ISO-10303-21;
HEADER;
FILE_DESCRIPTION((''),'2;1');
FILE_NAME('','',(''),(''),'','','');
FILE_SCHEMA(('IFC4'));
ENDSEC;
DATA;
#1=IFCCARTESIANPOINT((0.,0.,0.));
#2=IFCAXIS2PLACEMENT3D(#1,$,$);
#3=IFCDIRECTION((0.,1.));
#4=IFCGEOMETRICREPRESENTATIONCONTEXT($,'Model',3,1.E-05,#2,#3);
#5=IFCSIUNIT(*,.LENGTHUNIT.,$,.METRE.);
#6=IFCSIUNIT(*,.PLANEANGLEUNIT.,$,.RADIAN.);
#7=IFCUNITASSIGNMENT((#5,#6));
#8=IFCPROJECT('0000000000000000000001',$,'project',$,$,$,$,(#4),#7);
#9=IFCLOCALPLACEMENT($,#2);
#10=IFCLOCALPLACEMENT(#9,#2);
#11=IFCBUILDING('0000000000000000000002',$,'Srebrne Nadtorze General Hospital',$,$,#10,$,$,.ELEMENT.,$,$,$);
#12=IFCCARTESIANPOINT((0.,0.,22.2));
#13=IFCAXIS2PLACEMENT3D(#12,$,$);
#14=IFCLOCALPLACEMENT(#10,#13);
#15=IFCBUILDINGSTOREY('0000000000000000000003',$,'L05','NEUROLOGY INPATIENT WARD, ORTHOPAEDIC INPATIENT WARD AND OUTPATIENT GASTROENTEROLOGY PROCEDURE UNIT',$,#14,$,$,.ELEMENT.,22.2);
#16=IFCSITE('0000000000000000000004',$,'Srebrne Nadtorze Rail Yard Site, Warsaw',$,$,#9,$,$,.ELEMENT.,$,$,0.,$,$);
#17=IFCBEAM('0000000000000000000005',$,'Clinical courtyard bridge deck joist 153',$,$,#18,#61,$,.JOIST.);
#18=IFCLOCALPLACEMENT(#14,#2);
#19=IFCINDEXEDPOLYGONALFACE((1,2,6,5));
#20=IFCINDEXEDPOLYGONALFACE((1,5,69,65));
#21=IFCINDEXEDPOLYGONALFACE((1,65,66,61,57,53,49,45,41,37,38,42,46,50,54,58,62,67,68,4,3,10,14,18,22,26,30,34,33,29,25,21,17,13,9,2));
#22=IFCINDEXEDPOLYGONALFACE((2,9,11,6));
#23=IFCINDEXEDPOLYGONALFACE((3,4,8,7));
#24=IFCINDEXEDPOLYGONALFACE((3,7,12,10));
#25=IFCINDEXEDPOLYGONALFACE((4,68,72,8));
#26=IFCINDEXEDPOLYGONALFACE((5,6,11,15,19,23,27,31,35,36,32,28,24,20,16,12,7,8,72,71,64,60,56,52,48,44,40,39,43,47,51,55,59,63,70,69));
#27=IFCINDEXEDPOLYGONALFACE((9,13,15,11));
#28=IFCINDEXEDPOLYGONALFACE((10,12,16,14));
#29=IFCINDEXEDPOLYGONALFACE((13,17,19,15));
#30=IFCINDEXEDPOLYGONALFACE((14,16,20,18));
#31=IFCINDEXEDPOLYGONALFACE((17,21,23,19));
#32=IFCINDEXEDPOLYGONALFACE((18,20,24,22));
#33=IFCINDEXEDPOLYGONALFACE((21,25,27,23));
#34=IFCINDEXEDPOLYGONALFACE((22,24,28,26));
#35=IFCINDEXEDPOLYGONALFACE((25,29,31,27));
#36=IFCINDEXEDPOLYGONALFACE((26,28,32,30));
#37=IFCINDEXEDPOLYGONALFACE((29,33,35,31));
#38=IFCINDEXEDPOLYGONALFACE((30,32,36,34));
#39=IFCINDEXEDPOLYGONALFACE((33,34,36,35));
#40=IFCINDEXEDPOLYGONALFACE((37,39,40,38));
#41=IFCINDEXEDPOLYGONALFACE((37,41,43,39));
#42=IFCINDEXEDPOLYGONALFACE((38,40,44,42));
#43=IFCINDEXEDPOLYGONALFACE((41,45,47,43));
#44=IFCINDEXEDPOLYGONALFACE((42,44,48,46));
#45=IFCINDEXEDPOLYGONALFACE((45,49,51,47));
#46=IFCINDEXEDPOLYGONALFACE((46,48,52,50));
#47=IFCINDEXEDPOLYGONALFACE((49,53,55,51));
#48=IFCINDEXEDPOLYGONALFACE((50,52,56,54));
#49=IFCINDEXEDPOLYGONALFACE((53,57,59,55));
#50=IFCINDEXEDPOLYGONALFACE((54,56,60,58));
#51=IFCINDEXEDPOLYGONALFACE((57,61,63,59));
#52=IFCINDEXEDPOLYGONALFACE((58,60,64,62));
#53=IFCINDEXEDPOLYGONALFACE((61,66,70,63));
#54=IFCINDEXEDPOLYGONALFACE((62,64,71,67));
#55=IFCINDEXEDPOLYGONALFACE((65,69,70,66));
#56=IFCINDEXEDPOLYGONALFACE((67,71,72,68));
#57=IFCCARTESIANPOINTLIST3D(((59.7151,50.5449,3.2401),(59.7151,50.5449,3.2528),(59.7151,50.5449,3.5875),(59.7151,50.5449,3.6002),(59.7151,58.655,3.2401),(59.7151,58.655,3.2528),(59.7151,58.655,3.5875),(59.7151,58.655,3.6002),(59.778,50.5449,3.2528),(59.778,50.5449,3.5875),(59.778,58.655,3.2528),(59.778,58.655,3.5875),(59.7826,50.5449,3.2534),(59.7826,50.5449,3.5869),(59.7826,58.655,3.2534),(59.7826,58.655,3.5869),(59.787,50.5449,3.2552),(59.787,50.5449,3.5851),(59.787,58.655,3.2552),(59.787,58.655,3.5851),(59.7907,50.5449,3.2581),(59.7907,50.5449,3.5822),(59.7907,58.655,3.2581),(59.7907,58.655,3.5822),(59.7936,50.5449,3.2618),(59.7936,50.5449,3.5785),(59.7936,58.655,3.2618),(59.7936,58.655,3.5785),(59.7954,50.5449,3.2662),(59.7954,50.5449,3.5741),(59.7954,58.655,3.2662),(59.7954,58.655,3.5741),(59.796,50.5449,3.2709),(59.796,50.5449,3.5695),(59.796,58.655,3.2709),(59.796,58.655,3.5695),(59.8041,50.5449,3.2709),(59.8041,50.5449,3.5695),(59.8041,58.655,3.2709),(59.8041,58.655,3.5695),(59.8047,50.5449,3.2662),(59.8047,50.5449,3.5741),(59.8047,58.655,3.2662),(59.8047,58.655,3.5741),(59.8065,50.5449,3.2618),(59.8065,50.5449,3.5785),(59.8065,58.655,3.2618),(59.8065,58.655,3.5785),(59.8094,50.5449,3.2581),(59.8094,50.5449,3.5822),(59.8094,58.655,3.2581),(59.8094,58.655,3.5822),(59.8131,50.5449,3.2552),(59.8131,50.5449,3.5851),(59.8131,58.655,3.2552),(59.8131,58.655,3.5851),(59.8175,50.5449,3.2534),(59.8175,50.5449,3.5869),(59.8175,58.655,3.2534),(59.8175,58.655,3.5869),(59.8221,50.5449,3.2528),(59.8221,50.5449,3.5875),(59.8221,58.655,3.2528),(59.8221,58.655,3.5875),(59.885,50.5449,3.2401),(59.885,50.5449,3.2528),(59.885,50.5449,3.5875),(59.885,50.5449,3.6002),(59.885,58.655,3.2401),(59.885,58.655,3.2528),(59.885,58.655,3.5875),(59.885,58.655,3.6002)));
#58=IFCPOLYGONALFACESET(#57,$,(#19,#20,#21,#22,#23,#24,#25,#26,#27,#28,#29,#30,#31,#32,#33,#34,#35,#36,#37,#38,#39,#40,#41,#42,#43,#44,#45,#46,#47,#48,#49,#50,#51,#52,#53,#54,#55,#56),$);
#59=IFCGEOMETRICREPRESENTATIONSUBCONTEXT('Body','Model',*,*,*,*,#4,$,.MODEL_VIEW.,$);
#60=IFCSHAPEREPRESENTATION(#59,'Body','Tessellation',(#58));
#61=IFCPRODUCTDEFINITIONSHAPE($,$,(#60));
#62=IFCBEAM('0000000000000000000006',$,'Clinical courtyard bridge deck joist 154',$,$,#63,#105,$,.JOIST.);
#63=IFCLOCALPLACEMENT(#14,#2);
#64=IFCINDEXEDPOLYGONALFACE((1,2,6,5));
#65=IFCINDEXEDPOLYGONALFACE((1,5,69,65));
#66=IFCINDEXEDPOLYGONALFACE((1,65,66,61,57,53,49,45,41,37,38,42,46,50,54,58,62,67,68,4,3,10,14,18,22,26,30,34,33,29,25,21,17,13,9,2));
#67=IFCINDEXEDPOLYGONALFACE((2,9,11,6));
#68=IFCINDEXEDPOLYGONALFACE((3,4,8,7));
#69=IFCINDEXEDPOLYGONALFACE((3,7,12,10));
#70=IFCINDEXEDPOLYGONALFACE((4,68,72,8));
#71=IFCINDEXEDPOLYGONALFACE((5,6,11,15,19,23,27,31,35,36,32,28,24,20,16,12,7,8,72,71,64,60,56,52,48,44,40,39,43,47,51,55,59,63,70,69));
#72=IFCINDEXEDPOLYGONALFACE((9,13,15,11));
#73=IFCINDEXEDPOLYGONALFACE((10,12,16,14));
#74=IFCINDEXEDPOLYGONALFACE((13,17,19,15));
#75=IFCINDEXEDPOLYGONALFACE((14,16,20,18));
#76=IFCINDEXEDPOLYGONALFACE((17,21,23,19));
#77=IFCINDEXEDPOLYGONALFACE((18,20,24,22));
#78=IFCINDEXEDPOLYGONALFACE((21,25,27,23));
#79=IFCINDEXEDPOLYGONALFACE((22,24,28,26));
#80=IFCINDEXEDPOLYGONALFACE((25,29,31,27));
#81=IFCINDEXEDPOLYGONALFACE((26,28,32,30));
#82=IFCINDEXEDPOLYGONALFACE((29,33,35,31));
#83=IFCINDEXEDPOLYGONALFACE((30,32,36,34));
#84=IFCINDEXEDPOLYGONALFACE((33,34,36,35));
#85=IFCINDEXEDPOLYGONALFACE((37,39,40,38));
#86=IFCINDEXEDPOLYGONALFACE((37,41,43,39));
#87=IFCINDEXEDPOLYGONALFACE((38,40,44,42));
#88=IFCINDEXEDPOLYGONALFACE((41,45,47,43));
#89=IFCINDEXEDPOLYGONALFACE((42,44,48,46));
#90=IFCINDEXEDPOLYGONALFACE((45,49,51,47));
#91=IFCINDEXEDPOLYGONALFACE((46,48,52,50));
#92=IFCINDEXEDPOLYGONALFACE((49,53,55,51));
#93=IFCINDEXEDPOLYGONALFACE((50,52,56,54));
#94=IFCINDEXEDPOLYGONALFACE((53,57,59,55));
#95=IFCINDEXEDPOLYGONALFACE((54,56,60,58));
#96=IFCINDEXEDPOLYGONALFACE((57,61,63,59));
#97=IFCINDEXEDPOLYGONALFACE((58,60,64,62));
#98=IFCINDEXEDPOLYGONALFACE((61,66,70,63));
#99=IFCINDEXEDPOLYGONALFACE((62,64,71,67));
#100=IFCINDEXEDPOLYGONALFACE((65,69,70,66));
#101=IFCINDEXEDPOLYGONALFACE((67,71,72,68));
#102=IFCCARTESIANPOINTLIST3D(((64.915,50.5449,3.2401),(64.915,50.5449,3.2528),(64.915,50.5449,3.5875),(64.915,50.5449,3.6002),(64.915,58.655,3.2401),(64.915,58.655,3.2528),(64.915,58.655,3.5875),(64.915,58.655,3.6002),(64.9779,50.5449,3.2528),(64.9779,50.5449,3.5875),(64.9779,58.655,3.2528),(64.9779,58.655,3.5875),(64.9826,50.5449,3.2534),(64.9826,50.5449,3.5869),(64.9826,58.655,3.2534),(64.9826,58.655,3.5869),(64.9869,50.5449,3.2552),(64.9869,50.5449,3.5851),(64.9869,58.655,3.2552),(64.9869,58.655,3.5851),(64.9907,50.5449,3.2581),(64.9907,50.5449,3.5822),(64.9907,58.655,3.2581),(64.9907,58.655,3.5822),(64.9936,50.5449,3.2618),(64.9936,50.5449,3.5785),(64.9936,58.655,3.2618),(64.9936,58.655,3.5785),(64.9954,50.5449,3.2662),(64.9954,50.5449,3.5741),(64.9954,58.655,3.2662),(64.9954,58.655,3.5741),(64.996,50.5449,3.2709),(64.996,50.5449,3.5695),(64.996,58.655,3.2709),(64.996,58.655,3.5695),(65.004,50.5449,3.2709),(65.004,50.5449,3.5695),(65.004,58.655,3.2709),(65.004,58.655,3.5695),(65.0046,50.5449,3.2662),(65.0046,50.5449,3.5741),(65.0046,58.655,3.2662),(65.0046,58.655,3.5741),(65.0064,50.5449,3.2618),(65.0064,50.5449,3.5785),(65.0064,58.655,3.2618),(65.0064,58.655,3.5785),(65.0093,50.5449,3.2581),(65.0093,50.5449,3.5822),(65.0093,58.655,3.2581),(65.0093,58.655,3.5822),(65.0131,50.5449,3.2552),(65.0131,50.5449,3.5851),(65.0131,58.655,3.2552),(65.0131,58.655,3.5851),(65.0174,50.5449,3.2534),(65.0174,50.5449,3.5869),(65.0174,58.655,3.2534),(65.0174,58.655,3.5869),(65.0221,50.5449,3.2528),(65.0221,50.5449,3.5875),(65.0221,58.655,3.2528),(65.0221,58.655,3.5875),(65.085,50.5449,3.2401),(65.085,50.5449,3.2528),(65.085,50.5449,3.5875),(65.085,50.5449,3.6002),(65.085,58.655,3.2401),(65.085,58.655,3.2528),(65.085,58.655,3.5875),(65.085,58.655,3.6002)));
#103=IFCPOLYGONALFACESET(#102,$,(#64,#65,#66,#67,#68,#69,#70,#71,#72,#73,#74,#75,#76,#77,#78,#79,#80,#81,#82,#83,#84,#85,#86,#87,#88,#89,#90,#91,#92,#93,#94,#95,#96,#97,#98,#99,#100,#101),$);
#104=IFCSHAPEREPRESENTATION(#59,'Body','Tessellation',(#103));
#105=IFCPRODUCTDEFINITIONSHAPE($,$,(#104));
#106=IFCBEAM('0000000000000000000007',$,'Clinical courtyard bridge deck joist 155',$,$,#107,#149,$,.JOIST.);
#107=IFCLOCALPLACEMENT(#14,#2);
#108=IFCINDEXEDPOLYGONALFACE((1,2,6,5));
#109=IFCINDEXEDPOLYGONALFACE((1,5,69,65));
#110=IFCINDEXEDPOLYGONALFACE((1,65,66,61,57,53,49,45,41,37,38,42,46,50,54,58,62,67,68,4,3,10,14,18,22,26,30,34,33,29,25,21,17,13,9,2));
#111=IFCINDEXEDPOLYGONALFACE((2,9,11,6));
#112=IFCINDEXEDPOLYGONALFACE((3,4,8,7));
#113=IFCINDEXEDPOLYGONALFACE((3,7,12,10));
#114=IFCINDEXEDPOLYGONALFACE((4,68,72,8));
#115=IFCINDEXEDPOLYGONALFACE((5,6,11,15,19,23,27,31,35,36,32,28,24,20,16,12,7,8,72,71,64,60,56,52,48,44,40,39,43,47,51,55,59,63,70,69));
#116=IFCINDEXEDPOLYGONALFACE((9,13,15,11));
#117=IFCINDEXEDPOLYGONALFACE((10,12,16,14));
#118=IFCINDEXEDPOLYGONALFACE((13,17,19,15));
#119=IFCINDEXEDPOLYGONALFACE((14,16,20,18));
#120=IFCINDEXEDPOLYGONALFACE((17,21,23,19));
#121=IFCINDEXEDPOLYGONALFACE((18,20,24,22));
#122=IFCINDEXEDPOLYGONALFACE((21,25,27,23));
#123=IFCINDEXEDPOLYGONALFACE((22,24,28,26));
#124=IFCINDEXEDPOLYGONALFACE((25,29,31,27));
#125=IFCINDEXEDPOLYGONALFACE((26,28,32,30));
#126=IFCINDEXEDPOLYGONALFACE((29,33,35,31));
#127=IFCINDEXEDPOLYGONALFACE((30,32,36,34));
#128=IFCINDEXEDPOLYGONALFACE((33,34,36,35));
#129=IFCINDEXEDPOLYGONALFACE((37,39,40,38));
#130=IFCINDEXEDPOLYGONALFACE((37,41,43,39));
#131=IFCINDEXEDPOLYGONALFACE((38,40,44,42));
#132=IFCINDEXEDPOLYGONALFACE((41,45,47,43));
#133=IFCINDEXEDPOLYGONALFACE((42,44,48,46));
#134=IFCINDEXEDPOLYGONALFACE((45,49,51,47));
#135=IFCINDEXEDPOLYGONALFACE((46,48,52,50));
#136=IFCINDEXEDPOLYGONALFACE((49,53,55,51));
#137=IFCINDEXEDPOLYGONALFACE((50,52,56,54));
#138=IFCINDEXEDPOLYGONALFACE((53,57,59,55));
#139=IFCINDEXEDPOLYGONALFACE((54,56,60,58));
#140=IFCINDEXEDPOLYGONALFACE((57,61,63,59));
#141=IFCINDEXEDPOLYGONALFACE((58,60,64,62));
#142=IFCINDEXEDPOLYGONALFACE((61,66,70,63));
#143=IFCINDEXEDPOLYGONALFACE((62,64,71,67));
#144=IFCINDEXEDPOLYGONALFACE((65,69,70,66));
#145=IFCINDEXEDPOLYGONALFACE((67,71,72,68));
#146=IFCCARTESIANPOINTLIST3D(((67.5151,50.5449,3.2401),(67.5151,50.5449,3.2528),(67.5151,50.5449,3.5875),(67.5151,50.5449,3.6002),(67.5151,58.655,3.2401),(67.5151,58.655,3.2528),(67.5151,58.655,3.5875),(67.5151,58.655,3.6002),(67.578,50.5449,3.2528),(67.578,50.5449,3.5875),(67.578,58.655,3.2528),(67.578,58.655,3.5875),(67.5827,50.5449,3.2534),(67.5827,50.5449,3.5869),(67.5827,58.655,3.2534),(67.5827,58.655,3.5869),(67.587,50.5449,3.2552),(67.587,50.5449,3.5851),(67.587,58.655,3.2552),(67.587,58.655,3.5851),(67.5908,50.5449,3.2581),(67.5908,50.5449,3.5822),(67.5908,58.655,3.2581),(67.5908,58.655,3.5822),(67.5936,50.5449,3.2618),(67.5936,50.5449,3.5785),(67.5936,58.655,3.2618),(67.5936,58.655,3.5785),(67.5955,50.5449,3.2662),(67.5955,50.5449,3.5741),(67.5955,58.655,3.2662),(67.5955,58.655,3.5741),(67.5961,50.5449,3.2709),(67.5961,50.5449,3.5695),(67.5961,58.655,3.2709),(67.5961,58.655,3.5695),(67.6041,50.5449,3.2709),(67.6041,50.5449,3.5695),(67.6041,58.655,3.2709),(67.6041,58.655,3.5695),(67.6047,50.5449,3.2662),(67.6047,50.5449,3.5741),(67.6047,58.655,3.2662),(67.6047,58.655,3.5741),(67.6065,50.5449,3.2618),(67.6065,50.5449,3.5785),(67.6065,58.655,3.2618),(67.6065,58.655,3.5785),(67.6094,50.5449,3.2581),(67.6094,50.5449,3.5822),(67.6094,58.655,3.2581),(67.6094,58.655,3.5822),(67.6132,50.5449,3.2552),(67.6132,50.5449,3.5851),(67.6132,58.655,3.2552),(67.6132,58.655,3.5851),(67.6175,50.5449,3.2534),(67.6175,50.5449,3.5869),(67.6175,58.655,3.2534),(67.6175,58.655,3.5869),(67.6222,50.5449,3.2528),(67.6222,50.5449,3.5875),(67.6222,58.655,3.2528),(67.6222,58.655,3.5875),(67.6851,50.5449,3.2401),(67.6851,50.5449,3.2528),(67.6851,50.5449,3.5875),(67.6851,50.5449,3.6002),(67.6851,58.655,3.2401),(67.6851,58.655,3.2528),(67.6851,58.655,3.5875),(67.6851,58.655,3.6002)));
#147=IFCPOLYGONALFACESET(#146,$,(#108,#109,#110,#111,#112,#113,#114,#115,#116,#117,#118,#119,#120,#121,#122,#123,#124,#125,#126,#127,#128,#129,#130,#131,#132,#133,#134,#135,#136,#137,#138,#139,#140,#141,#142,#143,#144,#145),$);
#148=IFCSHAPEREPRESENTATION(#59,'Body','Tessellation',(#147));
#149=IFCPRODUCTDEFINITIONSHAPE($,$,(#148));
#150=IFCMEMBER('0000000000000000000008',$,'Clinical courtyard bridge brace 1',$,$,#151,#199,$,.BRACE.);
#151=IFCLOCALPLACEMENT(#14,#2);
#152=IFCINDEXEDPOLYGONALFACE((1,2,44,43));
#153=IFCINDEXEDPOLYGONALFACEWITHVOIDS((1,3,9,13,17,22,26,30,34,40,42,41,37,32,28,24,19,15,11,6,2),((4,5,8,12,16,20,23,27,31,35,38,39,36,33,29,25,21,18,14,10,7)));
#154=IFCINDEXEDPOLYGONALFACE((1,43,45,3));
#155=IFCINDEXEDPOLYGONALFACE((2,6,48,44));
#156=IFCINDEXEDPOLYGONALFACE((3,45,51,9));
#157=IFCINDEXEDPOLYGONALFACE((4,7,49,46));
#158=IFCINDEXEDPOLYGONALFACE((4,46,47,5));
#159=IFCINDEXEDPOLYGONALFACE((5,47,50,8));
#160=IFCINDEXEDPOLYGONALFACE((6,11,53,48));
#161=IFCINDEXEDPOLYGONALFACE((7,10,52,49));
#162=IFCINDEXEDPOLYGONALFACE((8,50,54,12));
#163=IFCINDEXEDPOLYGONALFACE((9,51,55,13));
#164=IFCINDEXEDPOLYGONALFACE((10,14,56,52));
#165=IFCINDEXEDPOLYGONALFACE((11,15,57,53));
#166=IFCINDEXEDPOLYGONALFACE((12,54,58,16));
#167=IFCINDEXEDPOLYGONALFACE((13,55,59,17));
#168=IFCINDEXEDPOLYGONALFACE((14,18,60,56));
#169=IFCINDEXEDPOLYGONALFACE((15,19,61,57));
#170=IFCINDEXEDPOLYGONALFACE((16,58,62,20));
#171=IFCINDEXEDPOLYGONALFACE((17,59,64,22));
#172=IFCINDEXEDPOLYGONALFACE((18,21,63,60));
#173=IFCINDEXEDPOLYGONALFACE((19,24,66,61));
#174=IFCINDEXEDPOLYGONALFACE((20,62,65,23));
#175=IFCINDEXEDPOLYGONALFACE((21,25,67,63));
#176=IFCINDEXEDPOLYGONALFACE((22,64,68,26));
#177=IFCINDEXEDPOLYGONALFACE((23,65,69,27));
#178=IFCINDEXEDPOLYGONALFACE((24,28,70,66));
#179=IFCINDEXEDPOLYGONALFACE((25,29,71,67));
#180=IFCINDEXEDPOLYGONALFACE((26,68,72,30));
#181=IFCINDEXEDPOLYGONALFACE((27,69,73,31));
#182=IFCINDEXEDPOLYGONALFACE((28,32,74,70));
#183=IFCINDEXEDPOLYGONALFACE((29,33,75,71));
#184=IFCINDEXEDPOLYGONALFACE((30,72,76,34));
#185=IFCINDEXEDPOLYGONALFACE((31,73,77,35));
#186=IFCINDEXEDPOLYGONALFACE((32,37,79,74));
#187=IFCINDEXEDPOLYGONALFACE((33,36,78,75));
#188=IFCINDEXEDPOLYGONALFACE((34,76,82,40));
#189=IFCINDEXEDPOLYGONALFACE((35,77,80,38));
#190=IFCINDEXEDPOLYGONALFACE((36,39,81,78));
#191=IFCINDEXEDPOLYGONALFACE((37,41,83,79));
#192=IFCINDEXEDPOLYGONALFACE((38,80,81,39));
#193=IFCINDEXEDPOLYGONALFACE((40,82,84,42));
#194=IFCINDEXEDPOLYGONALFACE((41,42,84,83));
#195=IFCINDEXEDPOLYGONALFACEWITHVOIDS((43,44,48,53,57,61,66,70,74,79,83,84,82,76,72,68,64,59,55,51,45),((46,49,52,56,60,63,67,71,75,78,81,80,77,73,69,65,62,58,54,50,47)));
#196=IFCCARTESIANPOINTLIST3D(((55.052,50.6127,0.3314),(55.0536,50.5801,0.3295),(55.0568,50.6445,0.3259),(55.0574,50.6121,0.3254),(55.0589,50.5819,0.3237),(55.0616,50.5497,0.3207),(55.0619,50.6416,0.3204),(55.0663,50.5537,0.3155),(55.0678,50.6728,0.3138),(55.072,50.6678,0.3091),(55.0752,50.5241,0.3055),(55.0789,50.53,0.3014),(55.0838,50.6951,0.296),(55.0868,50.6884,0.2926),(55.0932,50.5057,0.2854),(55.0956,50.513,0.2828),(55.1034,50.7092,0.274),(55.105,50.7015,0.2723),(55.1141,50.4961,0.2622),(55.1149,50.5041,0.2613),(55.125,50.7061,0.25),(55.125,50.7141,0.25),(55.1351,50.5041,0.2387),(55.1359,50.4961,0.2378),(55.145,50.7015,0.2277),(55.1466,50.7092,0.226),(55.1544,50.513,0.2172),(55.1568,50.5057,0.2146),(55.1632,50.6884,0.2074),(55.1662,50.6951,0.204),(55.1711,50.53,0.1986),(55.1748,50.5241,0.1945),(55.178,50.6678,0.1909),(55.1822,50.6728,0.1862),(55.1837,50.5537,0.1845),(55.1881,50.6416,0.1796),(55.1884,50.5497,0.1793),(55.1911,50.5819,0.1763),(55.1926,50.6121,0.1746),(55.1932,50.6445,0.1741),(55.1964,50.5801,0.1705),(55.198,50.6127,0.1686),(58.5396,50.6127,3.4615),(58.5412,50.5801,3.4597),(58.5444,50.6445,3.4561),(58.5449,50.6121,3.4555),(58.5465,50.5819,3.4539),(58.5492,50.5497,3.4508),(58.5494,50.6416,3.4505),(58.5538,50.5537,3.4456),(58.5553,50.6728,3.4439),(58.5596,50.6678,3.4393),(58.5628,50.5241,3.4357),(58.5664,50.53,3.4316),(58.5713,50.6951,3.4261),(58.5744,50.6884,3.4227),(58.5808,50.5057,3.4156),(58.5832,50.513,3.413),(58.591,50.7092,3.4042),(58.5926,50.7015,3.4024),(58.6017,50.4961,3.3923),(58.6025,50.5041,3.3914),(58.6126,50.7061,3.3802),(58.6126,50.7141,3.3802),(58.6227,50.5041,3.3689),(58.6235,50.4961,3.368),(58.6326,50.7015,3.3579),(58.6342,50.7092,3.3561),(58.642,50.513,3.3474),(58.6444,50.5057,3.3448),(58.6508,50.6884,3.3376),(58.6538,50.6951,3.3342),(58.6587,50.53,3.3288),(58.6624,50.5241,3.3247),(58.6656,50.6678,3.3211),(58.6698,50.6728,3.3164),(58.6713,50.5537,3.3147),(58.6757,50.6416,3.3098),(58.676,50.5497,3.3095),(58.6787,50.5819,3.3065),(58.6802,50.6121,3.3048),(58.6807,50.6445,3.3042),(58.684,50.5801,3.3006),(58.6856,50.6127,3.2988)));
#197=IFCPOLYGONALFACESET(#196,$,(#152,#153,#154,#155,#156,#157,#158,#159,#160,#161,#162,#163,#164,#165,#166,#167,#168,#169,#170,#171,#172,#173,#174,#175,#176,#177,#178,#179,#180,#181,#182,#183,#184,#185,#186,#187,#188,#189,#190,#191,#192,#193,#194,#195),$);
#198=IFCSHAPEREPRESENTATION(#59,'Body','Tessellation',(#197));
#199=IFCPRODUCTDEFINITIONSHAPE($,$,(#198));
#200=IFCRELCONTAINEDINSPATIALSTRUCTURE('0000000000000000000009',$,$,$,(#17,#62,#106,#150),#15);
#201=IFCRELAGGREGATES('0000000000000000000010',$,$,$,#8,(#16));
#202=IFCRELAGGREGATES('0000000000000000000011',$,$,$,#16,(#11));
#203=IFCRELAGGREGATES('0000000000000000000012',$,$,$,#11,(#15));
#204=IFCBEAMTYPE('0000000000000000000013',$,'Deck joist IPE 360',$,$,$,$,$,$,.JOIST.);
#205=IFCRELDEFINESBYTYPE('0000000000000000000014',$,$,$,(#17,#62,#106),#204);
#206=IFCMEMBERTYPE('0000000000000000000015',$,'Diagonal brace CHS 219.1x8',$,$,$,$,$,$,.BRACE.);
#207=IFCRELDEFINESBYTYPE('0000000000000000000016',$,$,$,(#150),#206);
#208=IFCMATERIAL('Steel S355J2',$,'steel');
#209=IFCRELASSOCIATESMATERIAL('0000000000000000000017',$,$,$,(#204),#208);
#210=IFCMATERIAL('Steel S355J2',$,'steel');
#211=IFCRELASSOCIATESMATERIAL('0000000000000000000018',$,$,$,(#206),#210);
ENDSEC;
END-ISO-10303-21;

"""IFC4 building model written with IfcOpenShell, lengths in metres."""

from ifc_helpers import new_model, si_unit, direction, frame, origin, origin_2d, place, context, subcontext, project, spatial, hollow_circle, i_section, extrude, material, material_profile, profile_set, type_object, element, save


model = new_model("IFC4")

# Units and contexts
model_context = context("Model", 3, precision=1e-05, world=origin(), true_north=direction((0.0, 1.0)))
body_context = subcontext(model_context, "Body", "Model", "MODEL_VIEW")
ifc_project = project(units=[si_unit("LENGTHUNIT", "METRE"), si_unit("PLANEANGLEUNIT", "RADIAN")], contexts=[model_context])

# Site, building, storey
site_placement = place(None, origin())
site = spatial("IfcSite", under=ifc_project, at=site_placement, Name="Srebrne Nadtorze Rail Yard Site, Warsaw", CompositionType="ELEMENT", RefElevation=0.0)
building_placement = place(site_placement, origin())
building = spatial("IfcBuilding", under=site, at=building_placement, Name="Srebrne Nadtorze General Hospital", CompositionType="ELEMENT")
storey_placement = place(building_placement, frame((0.0, 0.0, 22.2)))
storey = spatial("IfcBuildingStorey", under=building, at=storey_placement, Name="L05", Description="NEUROLOGY INPATIENT WARD, ORTHOPAEDIC INPATIENT WARD AND OUTPATIENT GASTROENTEROLOGY PROCEDURE UNIT", CompositionType="ELEMENT", Elevation=22.2)

# Beams
ifc_material_1 = material(Name="Steel S355J2", Category="steel")
ifc_material_profile_1 = material_profile(ifc_material_1, i_section(OverallWidth=0.1699, OverallDepth=0.3601, WebThickness=0.0081, FlangeThickness=0.0127, FilletRadius=0.0181, at=origin_2d()), Name="IPE-360")
ifc_profile_set_1 = profile_set([ifc_material_profile_1], Name="Steel S355J2")
beam_type_1 = type_object("IfcBeamType", Name="Deck joist IPE 360", PredefinedType="JOIST", material=ifc_profile_set_1)
for number, where, z_axis, x_axis, name in (
    (1, (59.8, 50.5449, 3.4202), (0.0, 1.0, 0.0), (-1.0, 0.0, 0.0), "Clinical courtyard bridge deck joist 153"),
    (2, (65.0, 50.5449, 3.4202), (0.0, 1.0, 0.0), (-1.0, 0.0, 0.0), "Clinical courtyard bridge deck joist 154"),
    (3, (67.6001, 50.5449, 3.4202), (0.0, 1.0, 0.0), (-1.0, 0.0, 0.0), "Clinical courtyard bridge deck joist 155"),
):
    element("IfcBeam", number, at=place(storey_placement, frame(where, z_axis=z_axis, x_axis=x_axis)), inside=storey, type_object=beam_type_1, Name=name, PredefinedType="JOIST", context=body_context, shape_type="SweptSolid", body=[
        extrude(i_section(OverallWidth=0.1699, OverallDepth=0.3601, WebThickness=0.0081, FlangeThickness=0.0127, FilletRadius=0.0181, at=origin_2d()), origin(), (0.0, 0.0, 1.0), 8.1101),
    ])

# Member
ifc_material_2 = material(Name="Steel S355J2", Category="steel")
ifc_material_profile_2 = material_profile(ifc_material_2, hollow_circle(Radius=0.1096, WallThickness=0.0081, at=origin_2d()), Name="CHS-219.1x8")
ifc_profile_set_2 = profile_set([ifc_material_profile_2], Name="Steel S355J2")
member_type_1 = type_object("IfcMemberType", Name="Diagonal brace CHS 219.1x8", PredefinedType="BRACE", material=ifc_profile_set_2)
member_1_placement = place(storey_placement, frame((55.125, 50.6045, 0.25), z_axis=(0.744213, 0.0, 0.667942), x_axis=(0.0, 1.0, 0.0)))
element("IfcMember", 4, at=member_1_placement, inside=storey, type_object=member_type_1, Name="Clinical courtyard bridge brace 1", PredefinedType="BRACE", context=body_context, shape_type="SweptSolid", body=[
    extrude(hollow_circle(Radius=0.1096, WallThickness=0.0081, at=origin_2d()), origin(), (0.0, 0.0, 1.0), 4.6863),
])

save(model, "model.ifc")
